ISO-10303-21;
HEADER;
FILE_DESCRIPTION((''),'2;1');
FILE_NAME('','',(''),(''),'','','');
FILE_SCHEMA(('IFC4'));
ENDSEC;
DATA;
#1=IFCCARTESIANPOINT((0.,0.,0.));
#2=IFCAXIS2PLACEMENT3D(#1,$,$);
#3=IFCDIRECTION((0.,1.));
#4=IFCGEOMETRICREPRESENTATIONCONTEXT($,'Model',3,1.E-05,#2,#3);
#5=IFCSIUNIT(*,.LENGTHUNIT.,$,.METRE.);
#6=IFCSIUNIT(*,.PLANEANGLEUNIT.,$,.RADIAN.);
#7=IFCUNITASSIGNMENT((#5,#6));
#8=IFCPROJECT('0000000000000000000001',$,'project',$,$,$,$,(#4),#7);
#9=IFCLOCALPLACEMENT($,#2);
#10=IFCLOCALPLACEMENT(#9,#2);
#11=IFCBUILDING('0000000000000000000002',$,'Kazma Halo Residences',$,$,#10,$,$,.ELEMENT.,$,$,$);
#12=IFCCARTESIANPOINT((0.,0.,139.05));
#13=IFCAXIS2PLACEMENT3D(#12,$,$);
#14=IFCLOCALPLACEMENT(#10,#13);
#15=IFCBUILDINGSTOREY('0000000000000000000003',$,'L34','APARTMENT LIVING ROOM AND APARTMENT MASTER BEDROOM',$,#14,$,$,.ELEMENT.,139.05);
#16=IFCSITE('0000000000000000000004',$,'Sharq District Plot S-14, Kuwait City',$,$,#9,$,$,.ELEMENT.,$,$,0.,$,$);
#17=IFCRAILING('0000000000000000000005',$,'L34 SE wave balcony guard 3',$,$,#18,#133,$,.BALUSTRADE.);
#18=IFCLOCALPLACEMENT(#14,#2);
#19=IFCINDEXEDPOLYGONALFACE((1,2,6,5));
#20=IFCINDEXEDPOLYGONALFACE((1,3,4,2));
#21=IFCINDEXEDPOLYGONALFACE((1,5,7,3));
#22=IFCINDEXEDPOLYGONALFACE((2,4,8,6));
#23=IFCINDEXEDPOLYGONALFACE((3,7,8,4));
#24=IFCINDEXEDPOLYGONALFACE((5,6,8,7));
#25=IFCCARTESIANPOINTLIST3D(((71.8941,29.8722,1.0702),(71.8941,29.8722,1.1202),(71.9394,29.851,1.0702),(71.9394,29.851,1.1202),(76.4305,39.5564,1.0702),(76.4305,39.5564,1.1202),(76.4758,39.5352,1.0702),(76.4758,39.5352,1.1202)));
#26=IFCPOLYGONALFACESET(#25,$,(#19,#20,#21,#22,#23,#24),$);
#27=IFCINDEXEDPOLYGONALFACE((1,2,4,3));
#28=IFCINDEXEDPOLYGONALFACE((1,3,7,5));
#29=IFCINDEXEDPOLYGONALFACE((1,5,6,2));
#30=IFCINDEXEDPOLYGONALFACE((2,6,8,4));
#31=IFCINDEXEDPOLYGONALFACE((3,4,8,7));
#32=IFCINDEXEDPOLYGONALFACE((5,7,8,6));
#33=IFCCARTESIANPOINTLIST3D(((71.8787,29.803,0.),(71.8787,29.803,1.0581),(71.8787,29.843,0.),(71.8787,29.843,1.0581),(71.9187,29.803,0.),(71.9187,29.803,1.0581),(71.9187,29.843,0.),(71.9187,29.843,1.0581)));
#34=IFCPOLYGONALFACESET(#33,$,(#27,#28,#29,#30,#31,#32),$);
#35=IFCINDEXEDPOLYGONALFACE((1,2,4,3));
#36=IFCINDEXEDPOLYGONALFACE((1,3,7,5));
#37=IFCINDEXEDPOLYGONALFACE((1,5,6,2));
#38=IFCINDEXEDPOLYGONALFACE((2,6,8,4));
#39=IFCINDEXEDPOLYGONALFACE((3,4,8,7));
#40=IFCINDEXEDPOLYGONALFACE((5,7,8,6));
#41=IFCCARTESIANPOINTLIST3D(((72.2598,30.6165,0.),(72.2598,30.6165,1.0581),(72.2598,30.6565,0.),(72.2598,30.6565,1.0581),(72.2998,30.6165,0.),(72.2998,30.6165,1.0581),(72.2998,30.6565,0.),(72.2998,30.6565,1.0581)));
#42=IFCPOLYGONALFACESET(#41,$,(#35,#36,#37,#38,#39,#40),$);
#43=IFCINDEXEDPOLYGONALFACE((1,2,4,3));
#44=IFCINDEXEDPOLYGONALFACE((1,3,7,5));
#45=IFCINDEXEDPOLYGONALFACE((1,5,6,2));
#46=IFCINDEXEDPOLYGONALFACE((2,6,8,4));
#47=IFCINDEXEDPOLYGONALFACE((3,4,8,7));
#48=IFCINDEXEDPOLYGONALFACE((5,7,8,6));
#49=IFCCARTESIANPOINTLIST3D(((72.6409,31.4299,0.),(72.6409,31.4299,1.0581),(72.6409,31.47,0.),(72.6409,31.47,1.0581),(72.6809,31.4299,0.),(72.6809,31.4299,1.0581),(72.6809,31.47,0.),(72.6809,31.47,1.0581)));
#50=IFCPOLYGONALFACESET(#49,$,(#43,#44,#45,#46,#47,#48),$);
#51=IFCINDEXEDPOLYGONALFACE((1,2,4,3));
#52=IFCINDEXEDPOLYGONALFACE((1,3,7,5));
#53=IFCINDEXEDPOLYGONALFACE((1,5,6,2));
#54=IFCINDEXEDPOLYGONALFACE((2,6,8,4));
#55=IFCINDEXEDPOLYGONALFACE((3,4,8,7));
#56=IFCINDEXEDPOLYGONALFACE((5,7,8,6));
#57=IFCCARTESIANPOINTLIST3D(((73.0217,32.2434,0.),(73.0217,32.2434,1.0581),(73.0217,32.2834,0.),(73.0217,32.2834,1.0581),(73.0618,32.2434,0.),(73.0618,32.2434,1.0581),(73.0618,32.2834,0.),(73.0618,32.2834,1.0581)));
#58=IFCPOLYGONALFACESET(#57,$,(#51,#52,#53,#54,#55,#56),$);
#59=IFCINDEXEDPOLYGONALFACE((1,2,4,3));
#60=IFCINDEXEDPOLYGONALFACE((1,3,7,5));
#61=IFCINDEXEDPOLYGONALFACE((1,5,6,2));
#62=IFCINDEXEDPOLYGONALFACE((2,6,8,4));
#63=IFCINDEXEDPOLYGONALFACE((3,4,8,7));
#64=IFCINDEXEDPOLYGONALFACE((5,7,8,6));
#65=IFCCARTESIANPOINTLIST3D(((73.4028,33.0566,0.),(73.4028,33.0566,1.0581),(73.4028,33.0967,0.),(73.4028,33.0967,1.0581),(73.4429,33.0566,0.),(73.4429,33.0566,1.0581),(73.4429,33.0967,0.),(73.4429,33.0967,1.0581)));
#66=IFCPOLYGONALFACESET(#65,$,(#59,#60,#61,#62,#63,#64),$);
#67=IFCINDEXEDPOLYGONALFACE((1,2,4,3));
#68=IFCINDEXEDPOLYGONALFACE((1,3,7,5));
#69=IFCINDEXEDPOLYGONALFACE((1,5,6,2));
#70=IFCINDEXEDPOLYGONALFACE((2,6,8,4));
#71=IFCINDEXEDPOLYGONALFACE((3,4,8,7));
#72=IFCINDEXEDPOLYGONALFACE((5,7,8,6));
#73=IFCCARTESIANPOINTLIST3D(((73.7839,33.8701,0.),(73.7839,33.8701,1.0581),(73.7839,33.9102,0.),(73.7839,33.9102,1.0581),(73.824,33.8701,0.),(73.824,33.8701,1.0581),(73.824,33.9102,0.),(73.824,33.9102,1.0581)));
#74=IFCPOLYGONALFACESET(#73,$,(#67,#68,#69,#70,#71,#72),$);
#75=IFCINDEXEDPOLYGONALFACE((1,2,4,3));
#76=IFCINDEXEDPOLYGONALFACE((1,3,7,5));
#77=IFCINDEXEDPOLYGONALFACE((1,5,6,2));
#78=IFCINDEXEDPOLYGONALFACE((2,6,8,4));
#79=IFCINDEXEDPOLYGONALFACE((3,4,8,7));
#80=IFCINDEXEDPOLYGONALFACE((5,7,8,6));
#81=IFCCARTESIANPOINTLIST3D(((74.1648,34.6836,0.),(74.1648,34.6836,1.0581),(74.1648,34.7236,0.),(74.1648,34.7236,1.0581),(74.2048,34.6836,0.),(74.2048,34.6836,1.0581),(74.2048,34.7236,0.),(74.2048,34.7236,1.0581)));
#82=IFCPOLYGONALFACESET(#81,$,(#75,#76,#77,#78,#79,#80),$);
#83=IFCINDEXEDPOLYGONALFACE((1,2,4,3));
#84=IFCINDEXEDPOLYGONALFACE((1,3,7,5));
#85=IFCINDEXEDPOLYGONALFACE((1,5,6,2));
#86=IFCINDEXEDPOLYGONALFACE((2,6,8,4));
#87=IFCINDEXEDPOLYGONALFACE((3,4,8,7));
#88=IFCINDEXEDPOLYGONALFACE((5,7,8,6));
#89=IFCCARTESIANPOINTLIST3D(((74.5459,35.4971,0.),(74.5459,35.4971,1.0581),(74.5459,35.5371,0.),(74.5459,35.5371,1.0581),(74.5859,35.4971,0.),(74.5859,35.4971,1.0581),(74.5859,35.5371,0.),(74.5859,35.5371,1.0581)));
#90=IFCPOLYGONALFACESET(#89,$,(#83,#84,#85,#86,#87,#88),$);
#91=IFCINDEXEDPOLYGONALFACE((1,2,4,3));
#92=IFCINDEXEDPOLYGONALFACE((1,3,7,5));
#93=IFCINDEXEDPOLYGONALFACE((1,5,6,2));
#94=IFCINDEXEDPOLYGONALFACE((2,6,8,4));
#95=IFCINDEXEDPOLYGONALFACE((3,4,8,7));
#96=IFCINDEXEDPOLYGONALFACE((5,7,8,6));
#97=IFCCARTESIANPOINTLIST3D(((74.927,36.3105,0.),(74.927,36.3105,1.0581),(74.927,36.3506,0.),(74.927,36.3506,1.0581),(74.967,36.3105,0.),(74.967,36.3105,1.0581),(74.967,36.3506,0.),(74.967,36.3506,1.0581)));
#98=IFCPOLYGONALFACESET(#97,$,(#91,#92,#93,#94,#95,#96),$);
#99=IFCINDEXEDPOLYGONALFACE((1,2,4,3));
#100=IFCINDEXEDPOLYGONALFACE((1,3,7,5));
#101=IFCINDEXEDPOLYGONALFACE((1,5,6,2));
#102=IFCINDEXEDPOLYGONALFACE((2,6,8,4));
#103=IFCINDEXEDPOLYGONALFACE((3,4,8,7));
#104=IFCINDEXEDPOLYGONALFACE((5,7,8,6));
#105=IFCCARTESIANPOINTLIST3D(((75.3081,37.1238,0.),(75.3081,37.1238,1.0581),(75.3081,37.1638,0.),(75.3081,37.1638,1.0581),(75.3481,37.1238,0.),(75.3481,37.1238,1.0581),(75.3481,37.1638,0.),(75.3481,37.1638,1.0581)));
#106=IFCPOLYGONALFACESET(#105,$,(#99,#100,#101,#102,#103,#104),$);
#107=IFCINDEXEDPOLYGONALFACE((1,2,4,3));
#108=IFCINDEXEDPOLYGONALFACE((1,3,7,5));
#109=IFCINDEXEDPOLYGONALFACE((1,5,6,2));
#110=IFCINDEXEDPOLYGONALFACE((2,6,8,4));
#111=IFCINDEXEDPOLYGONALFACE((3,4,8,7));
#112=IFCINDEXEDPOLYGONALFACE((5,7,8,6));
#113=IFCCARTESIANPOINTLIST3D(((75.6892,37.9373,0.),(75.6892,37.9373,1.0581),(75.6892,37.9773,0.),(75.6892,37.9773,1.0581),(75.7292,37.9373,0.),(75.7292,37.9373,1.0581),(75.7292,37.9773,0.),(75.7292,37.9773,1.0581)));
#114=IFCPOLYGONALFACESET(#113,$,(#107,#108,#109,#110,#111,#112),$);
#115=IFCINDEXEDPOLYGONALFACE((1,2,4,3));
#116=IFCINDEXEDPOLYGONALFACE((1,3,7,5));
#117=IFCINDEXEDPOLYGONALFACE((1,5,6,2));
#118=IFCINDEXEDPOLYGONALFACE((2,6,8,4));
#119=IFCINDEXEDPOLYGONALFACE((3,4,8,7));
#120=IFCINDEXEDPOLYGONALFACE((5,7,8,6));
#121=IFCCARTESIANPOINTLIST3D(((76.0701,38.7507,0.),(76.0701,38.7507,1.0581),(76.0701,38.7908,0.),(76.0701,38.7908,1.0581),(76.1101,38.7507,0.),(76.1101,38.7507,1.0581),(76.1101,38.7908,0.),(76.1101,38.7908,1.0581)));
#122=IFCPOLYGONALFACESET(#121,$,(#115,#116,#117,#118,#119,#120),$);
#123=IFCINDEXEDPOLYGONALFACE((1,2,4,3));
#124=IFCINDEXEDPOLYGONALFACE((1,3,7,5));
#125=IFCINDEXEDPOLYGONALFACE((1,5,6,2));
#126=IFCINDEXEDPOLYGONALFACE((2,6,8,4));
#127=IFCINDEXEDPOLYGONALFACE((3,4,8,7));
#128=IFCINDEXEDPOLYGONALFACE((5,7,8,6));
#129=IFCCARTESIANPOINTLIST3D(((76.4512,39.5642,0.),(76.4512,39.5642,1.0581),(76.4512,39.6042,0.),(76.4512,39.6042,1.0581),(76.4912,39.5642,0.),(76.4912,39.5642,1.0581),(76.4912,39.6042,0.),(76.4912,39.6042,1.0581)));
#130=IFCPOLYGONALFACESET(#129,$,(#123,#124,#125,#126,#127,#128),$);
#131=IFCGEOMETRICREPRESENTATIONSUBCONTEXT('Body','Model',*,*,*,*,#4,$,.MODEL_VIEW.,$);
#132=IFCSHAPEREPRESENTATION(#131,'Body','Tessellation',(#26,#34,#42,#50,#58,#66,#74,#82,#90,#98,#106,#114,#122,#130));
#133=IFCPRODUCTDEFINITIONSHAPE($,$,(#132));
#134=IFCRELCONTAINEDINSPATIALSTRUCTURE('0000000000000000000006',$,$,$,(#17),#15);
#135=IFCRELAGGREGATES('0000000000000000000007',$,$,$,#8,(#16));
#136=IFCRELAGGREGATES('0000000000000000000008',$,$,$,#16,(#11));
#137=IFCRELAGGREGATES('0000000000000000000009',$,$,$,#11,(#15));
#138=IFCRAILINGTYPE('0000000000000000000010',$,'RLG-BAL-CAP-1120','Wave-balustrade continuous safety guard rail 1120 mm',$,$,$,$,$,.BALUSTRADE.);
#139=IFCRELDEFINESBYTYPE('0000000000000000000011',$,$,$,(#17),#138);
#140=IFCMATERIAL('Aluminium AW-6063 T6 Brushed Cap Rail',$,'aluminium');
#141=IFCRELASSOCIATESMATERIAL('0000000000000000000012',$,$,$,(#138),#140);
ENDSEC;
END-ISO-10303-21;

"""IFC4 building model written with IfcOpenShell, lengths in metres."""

from ifc_helpers import new_model, si_unit, direction, frame, origin, origin_2d, place, context, subcontext, project, spatial, rectangle, extrude, material, type_object, element, save


model = new_model("IFC4")

# Units and contexts
model_context = context("Model", 3, precision=1e-05, world=origin(), true_north=direction((0.0, 1.0)))
body_context = subcontext(model_context, "Body", "Model", "MODEL_VIEW")
ifc_project = project(units=[si_unit("LENGTHUNIT", "METRE"), si_unit("PLANEANGLEUNIT", "RADIAN")], contexts=[model_context])

# Site, building, storey
site_placement = place(None, origin())
site = spatial("IfcSite", under=ifc_project, at=site_placement, Name="Sharq District Plot S-14, Kuwait City", CompositionType="ELEMENT", RefElevation=0.0)
building_placement = place(site_placement, origin())
building = spatial("IfcBuilding", under=site, at=building_placement, Name="Kazma Halo Residences", CompositionType="ELEMENT")
storey_placement = place(building_placement, frame((0.0, 0.0, 139.05)))
storey = spatial("IfcBuildingStorey", under=building, at=storey_placement, Name="L34", Description="APARTMENT LIVING ROOM AND APARTMENT MASTER BEDROOM", CompositionType="ELEMENT", Elevation=139.05)

# Railing
ifc_material_1 = material(Name="Aluminium AW-6063 T6 Brushed Cap Rail", Category="aluminium")
railing_type = type_object("IfcRailingType", Name="RLG-BAL-CAP-1120", Description="Wave-balustrade continuous safety guard rail 1120 mm", PredefinedType="BALUSTRADE", material=ifc_material_1)
railing_1_placement = place(storey_placement, frame((71.8987, 29.823, 0.0)))
element("IfcRailing", 1, at=railing_1_placement, inside=storey, type_object=railing_type, Name="L34 SE wave balcony guard 3", PredefinedType="BALUSTRADE", context=body_context, shape_type="SweptSolid", body=[
    extrude(rectangle(XDim=0.05, YDim=0.05, at=origin_2d()), frame((0.0181, 0.0386, 1.0952), z_axis=(0.424201, 0.905568, 0.0), x_axis=(-0.905568, 0.424201, 0.0)), (0.0, 0.0, 1.0), 10.6941),
    extrude(rectangle(XDim=0.04, YDim=0.04, at=origin_2d()), origin(), (0.0, 0.0, 1.0), 1.0581),
    extrude(rectangle(XDim=0.04, YDim=0.04, at=origin_2d()), frame((0.3811, 0.8135, 0.0)), (0.0, 0.0, 1.0), 1.0581),
    extrude(rectangle(XDim=0.04, YDim=0.04, at=origin_2d()), frame((0.7622, 1.627, 0.0)), (0.0, 0.0, 1.0), 1.0581),
    extrude(rectangle(XDim=0.04, YDim=0.04, at=origin_2d()), frame((1.1431, 2.4404, 0.0)), (0.0, 0.0, 1.0), 1.0581),
    extrude(rectangle(XDim=0.04, YDim=0.04, at=origin_2d()), frame((1.5242, 3.2537, 0.0)), (0.0, 0.0, 1.0), 1.0581),
    extrude(rectangle(XDim=0.04, YDim=0.04, at=origin_2d()), frame((1.9053, 4.0671, 0.0)), (0.0, 0.0, 1.0), 1.0581),
    extrude(rectangle(XDim=0.04, YDim=0.04, at=origin_2d()), frame((2.2861, 4.8806, 0.0)), (0.0, 0.0, 1.0), 1.0581),
    extrude(rectangle(XDim=0.04, YDim=0.04, at=origin_2d()), frame((2.6672, 5.6941, 0.0)), (0.0, 0.0, 1.0), 1.0581),
    extrude(rectangle(XDim=0.04, YDim=0.04, at=origin_2d()), frame((3.0483, 6.5076, 0.0)), (0.0, 0.0, 1.0), 1.0581),
    extrude(rectangle(XDim=0.04, YDim=0.04, at=origin_2d()), frame((3.4294, 7.3208, 0.0)), (0.0, 0.0, 1.0), 1.0581),
    extrude(rectangle(XDim=0.04, YDim=0.04, at=origin_2d()), frame((3.8105, 8.1343, 0.0)), (0.0, 0.0, 1.0), 1.0581),
    extrude(rectangle(XDim=0.04, YDim=0.04, at=origin_2d()), frame((4.1914, 8.9478, 0.0)), (0.0, 0.0, 1.0), 1.0581),
    extrude(rectangle(XDim=0.04, YDim=0.04, at=origin_2d()), frame((4.5725, 9.7612, 0.0)), (0.0, 0.0, 1.0), 1.0581),
])

save(model, "model.ifc")
